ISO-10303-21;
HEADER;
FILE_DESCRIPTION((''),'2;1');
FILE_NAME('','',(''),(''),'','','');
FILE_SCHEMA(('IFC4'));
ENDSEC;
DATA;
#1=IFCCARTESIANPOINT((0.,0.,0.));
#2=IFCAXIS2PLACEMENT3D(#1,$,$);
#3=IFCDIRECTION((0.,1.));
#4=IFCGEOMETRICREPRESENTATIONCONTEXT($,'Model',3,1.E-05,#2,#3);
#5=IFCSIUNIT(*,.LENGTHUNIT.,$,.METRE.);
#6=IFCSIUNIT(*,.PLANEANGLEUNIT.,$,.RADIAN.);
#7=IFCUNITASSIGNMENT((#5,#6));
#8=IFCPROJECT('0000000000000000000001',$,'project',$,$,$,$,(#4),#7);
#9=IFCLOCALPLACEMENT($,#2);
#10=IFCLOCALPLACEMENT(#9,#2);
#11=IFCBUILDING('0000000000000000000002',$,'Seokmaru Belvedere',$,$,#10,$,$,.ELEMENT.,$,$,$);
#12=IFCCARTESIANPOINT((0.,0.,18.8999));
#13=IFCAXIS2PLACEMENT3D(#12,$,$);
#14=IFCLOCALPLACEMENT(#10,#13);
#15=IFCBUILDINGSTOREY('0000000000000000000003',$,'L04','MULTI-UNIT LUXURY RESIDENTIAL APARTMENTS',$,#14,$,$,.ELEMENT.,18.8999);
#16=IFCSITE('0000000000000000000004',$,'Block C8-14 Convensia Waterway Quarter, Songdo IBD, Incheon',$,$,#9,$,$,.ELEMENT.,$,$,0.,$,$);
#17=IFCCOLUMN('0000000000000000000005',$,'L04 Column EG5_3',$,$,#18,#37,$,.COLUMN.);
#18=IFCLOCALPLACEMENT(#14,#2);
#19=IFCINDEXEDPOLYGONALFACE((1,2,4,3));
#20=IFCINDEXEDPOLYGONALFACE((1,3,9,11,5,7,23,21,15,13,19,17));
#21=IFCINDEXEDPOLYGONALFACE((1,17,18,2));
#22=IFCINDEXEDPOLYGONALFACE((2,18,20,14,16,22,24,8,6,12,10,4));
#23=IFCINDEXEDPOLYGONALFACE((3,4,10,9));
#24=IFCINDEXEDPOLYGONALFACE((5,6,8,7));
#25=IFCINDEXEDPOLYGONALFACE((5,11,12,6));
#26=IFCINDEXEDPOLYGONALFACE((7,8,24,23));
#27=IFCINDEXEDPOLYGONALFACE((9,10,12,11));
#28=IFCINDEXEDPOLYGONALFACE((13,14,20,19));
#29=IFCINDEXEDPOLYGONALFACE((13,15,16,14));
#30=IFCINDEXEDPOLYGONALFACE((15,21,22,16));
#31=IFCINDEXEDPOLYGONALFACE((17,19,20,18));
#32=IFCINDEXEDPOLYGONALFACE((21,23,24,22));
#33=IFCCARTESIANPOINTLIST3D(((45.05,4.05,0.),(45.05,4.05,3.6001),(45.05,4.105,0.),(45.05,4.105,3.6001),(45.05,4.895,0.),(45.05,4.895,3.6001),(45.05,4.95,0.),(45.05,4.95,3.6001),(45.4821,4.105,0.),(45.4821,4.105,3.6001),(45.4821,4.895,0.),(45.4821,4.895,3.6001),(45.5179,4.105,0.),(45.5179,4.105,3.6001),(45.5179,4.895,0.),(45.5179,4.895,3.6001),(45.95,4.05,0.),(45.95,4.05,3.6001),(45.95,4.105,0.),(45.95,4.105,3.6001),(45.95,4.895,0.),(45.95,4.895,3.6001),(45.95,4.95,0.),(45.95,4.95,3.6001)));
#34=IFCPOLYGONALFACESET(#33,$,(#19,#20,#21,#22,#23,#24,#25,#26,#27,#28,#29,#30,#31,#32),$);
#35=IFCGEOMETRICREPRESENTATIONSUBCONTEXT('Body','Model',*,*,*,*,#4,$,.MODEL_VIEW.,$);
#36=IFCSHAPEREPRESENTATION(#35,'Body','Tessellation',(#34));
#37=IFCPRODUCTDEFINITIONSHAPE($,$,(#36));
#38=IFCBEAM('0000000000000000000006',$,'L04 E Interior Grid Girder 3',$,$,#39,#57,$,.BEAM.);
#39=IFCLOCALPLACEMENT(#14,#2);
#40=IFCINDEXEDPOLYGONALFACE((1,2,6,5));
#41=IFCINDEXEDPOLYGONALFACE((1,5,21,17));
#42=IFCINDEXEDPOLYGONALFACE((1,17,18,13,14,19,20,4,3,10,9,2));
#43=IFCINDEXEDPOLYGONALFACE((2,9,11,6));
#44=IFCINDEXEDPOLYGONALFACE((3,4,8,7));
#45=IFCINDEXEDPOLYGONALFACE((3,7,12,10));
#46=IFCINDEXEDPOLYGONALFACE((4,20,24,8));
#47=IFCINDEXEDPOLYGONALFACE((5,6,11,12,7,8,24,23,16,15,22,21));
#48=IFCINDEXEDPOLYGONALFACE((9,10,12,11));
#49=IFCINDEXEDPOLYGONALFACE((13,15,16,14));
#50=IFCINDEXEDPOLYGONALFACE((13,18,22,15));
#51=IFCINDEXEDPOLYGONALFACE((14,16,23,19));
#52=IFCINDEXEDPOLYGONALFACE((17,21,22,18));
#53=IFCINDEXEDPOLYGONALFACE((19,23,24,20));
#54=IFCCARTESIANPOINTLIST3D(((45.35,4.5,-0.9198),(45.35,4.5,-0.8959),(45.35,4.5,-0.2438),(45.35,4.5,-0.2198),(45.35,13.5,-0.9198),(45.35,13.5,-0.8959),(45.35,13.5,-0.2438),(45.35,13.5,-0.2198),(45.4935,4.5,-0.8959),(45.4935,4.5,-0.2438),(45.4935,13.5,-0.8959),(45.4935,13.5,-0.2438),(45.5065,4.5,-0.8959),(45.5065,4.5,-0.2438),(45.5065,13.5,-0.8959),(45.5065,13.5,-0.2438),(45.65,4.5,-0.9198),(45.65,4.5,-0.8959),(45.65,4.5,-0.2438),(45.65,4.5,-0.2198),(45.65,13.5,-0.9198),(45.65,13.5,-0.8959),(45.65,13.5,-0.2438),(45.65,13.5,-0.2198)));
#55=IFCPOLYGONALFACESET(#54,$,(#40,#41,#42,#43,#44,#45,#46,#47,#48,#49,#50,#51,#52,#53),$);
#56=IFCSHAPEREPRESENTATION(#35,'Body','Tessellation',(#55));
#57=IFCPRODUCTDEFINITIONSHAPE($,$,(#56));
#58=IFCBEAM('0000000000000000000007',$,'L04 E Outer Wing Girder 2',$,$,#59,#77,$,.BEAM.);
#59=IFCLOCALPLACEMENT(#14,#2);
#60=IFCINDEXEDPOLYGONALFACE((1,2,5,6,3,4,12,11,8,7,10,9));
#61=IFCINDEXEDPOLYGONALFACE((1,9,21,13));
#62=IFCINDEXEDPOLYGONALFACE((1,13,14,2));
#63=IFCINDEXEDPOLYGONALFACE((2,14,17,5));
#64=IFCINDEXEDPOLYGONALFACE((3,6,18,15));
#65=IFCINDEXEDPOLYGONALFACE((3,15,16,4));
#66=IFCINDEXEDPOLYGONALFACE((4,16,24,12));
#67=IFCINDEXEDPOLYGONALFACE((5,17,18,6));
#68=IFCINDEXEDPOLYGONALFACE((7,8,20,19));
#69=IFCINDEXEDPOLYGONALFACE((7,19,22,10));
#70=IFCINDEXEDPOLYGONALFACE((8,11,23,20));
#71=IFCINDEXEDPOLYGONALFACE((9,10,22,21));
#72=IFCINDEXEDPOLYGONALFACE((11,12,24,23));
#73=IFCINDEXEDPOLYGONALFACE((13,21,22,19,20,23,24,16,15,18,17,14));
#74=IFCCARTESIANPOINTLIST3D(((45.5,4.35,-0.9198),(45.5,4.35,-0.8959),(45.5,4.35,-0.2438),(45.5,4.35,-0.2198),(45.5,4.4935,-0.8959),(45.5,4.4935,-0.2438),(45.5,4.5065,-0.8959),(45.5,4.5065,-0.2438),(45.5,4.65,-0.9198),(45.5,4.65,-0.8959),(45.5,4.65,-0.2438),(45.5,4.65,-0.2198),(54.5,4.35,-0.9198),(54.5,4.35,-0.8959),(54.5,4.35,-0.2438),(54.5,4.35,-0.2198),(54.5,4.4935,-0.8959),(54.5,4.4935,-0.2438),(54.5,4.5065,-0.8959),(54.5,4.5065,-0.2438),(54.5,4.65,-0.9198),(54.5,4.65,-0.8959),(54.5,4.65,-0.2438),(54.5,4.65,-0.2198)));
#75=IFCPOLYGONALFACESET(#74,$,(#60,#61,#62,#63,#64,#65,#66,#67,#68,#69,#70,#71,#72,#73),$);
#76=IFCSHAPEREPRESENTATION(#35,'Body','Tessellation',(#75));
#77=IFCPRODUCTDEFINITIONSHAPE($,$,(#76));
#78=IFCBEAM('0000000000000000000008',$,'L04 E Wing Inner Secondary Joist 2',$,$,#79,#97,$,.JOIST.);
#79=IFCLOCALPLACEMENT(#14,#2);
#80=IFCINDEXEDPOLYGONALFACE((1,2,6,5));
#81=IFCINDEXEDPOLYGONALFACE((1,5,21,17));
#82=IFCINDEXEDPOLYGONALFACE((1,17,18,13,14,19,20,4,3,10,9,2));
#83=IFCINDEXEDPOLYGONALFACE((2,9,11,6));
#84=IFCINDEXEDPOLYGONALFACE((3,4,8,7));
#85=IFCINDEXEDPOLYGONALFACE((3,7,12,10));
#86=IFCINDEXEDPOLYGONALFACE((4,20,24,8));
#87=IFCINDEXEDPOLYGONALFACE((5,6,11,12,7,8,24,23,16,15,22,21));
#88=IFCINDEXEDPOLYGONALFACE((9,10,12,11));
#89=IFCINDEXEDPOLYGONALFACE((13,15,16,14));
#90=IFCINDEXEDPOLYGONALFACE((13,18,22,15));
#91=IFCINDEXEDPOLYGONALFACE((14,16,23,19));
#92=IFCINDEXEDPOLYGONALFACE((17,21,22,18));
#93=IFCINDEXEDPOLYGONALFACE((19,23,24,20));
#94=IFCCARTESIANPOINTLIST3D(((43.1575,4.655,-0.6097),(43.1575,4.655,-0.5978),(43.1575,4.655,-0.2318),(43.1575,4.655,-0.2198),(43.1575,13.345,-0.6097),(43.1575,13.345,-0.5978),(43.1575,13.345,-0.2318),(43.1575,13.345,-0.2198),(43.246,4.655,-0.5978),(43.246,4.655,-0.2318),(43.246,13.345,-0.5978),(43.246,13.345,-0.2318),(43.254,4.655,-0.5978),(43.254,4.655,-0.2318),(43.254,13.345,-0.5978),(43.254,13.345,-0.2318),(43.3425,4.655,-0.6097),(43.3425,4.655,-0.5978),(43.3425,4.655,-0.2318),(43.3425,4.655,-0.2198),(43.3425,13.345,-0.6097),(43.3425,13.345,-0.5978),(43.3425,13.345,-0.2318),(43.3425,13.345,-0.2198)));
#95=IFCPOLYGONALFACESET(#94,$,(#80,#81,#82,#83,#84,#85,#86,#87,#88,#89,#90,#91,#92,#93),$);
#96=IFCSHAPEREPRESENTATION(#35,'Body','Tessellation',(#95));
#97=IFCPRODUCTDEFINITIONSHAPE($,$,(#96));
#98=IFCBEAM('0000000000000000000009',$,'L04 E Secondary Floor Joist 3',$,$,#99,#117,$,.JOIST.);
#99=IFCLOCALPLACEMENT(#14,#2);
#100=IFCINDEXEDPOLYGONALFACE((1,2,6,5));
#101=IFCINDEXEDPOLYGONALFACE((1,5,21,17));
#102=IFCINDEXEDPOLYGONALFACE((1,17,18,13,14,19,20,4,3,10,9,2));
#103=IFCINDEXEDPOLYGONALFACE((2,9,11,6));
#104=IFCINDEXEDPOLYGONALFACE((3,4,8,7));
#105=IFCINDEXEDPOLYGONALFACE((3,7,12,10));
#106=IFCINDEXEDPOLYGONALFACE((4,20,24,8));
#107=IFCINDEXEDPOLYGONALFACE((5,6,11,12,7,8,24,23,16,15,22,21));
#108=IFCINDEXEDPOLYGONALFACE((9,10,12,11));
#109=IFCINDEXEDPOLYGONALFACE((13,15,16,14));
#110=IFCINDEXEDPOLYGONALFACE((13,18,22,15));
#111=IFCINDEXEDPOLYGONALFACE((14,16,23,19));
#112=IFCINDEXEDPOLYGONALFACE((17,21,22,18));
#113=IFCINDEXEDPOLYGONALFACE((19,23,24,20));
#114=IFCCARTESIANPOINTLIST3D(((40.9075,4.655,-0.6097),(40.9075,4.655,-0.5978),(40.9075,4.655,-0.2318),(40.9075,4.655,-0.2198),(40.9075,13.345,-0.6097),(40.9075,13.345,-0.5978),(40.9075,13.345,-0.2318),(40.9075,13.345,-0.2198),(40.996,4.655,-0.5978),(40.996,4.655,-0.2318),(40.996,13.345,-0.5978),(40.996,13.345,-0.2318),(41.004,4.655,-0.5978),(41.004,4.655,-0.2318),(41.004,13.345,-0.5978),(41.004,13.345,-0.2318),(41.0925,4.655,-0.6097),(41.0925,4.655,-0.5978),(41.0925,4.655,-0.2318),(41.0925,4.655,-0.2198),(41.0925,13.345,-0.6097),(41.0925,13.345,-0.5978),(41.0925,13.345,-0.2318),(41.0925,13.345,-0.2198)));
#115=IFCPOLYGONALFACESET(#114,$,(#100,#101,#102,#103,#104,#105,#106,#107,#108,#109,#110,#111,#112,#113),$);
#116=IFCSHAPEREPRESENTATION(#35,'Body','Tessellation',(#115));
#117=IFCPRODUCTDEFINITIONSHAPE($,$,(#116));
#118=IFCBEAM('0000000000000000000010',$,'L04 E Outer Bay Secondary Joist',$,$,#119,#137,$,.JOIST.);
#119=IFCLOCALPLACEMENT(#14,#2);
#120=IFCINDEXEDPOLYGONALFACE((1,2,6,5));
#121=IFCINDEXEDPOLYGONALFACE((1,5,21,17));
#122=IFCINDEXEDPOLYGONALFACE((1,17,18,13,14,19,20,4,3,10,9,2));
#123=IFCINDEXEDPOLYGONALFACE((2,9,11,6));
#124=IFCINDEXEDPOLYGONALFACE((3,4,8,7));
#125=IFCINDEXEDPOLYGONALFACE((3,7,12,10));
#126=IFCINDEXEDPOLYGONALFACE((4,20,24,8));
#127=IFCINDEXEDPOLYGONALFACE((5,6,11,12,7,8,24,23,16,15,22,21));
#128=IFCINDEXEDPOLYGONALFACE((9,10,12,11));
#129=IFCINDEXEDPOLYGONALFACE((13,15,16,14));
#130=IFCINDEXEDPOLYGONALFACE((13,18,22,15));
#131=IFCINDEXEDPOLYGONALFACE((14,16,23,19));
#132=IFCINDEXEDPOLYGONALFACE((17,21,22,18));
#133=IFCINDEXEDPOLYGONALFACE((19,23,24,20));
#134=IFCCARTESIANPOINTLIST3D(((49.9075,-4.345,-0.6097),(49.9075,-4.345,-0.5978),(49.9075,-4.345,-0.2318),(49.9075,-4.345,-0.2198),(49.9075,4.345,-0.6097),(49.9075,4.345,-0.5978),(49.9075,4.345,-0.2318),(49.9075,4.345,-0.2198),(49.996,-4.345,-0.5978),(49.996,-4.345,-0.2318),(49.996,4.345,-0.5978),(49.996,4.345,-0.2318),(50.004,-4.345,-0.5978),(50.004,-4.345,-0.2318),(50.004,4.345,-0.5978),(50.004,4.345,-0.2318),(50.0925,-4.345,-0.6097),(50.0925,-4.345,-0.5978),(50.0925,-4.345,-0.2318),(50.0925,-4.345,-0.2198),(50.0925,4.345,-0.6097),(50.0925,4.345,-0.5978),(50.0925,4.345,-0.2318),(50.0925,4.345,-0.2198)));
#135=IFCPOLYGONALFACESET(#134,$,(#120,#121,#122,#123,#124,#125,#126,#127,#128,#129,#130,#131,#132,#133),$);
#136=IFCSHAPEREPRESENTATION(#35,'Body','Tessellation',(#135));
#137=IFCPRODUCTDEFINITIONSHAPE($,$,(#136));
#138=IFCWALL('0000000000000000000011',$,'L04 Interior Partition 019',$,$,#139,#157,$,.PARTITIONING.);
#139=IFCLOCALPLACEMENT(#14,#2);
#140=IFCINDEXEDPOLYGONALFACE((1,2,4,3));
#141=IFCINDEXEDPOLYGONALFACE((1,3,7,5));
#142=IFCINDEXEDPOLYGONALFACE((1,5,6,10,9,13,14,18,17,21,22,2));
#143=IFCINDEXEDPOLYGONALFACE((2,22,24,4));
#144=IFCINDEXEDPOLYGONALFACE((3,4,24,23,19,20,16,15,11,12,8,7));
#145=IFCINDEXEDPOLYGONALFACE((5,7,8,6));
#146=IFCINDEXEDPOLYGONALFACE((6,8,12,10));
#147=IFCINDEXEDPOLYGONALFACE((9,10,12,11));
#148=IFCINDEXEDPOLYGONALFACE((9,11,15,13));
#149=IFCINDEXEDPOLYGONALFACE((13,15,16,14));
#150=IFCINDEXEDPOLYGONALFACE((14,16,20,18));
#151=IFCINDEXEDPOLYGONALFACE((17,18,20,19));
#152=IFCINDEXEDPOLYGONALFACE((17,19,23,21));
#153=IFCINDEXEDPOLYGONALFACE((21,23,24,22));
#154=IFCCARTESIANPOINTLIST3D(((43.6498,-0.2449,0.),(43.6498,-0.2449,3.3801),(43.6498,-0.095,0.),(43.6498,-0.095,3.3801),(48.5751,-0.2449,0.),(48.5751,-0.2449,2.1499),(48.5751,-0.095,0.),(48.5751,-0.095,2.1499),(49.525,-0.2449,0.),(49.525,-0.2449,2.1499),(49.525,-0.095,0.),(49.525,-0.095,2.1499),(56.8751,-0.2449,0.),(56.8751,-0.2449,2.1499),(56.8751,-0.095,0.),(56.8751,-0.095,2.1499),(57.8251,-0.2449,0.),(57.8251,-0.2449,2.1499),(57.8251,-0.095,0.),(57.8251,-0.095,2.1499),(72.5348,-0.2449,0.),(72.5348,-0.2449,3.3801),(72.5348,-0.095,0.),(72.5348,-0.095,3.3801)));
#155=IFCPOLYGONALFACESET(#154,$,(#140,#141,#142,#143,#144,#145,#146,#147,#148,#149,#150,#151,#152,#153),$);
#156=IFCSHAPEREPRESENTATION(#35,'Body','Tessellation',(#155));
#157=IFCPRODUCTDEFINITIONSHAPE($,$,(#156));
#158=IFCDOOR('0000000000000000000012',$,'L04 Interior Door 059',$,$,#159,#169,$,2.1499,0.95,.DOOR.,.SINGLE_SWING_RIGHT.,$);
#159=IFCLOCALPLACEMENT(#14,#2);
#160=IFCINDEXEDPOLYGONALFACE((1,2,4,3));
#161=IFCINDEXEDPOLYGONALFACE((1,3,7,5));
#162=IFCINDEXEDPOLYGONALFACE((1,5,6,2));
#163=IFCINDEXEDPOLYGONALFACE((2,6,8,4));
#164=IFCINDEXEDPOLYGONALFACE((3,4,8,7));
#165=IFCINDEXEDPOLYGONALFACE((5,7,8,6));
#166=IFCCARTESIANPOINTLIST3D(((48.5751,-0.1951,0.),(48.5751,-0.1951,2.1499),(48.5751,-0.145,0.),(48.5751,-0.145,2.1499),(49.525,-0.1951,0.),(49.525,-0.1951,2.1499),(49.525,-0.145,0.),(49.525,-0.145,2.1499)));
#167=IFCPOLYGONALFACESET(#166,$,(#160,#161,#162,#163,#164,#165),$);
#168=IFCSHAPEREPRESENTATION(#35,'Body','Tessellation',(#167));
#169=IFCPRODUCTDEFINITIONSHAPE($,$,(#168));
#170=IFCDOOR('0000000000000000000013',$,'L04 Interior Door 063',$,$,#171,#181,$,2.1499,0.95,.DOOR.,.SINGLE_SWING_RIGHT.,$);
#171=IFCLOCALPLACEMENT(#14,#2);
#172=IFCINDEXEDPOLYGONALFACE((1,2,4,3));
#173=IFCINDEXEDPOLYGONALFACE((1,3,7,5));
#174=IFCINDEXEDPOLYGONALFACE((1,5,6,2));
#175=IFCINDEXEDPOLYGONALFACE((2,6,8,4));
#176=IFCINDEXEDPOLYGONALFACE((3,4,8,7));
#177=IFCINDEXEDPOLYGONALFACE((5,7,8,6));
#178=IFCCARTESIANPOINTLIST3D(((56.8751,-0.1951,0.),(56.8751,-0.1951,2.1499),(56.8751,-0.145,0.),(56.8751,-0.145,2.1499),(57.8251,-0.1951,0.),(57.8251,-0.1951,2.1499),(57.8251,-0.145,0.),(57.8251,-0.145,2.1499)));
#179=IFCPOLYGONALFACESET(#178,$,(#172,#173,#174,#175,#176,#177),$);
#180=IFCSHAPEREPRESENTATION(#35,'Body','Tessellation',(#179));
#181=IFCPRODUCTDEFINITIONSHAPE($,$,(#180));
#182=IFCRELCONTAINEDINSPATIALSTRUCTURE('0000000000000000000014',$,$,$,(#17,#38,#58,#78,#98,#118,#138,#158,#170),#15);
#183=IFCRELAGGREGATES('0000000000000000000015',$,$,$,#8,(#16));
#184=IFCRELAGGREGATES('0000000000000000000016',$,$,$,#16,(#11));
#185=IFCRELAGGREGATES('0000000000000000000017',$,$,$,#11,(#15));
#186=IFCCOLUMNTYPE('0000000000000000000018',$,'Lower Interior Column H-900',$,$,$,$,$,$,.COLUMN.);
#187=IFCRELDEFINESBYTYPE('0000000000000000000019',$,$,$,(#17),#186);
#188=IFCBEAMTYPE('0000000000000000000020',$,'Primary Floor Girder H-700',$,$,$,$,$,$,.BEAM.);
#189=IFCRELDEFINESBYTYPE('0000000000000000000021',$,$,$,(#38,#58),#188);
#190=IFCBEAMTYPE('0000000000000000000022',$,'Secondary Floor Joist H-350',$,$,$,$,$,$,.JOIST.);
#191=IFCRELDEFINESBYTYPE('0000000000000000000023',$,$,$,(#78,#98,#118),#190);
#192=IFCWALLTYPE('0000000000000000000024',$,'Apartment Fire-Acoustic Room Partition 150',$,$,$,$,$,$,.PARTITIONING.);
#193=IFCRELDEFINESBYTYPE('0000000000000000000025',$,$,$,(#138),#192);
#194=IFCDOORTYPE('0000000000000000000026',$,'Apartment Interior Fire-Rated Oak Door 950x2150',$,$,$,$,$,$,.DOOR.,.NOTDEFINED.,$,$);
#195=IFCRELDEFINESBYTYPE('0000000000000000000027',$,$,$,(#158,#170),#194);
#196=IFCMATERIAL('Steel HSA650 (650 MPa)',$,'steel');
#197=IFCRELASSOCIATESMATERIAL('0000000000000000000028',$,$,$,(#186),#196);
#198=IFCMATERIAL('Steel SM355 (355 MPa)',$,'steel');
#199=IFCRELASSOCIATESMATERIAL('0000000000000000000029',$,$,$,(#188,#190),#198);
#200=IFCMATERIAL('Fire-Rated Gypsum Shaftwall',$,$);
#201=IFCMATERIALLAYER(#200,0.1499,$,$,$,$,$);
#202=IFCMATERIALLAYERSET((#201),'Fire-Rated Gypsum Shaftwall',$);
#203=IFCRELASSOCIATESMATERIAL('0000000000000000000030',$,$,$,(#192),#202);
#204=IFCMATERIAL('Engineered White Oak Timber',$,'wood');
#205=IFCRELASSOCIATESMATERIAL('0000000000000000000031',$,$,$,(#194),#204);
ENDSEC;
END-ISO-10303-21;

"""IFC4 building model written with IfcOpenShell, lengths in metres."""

from ifc_helpers import new_model, si_unit, direction, frame, frame_2d, origin, origin_2d, place, context, subcontext, project, spatial, rectangle, i_section, extrude, source, transform, mapped, material, layer, layer_set, material_profile, profile_set, type_object, type_shapes, element, fill, save


model = new_model("IFC4")

# Units and contexts
model_context = context("Model", 3, precision=1e-05, world=origin(), true_north=direction((0.0, 1.0)))
body_context = subcontext(model_context, "Body", "Model", "MODEL_VIEW")
ifc_project = project(units=[si_unit("LENGTHUNIT", "METRE"), si_unit("PLANEANGLEUNIT", "RADIAN")], contexts=[model_context])

# Site, building, storey
site_placement = place(None, origin())
site = spatial("IfcSite", under=ifc_project, at=site_placement, Name="Block C8-14 Convensia Waterway Quarter, Songdo IBD, Incheon", CompositionType="ELEMENT", RefElevation=0.0)
building_placement = place(site_placement, origin())
building = spatial("IfcBuilding", under=site, at=building_placement, Name="Seokmaru Belvedere", CompositionType="ELEMENT")
storey_placement = place(building_placement, frame((0.0, 0.0, 18.8999)))
storey = spatial("IfcBuildingStorey", under=building, at=storey_placement, Name="L04", Description="MULTI-UNIT LUXURY RESIDENTIAL APARTMENTS", CompositionType="ELEMENT", Elevation=18.8999)

# Column
ifc_material_1 = material(Name="Steel HSA650 (650 MPa)", Category="steel")
ifc_material_profile_1 = material_profile(ifc_material_1, i_section(OverallWidth=0.8999, OverallDepth=0.8999, WebThickness=0.0359, FlangeThickness=0.0549, at=origin_2d()), Name="H-900x900x36x55")
ifc_profile_set_1 = profile_set([ifc_material_profile_1], Name="Steel HSA650 (650 MPa)")
column_type = type_object("IfcColumnType", Name="Lower Interior Column H-900", PredefinedType="COLUMN", material=ifc_profile_set_1)
shared_shape_1 = source(origin(), body_context, "Body", "SweptSolid", [
    extrude(i_section(OverallWidth=0.8999, OverallDepth=0.8999, WebThickness=0.0359, FlangeThickness=0.0549, at=origin_2d()), origin(), (0.0, 0.0, 1.0), 3.6001),
])
type_shapes(column_type, [shared_shape_1])
column_placement = place(storey_placement, frame((45.5, 4.5, 0.0), z_axis=(0.0, 0.0, 1.0), x_axis=(1.0, 0.0, 0.0)))
element("IfcColumn", 1, at=column_placement, inside=storey, type_object=column_type, Name="L04 Column EG5_3", PredefinedType="COLUMN", context=body_context, shape_type="MappedRepresentation", body=[
    mapped(shared_shape_1, transform((0.0, 0.0, 0.0), scale=1.0)),
])

# Beams
ifc_material_2 = material(Name="Steel SM355 (355 MPa)", Category="steel")
ifc_material_profile_2 = material_profile(ifc_material_2, i_section(OverallWidth=0.3, OverallDepth=0.7, WebThickness=0.0129, FlangeThickness=0.0239, at=origin_2d()), Name="H-700x300x13x24")
ifc_profile_set_2 = profile_set([ifc_material_profile_2], Name="Steel SM355 (355 MPa)")
beam_type_1 = type_object("IfcBeamType", Name="Primary Floor Girder H-700", PredefinedType="BEAM", material=ifc_profile_set_2)
shared_shape_2 = source(origin(), body_context, "Body", "SweptSolid", [
    extrude(i_section(OverallWidth=0.3, OverallDepth=0.7, WebThickness=0.0129, FlangeThickness=0.0239, at=origin_2d()), origin(), (0.0, 0.0, 1.0), 9.0),
])
type_shapes(beam_type_1, [shared_shape_2])
for number, where, z_axis, x_axis, name in (
    (2, (45.5, 4.5, -0.5698), (0.0, 1.0, 0.0), (-1.0, 0.0, 0.0), "L04 E Interior Grid Girder 3"),
    (3, (45.5, 4.5, -0.5698), (1.0, 0.0, 0.0), (0.0, 1.0, 0.0), "L04 E Outer Wing Girder 2"),
):
    element("IfcBeam", number, at=place(storey_placement, frame(where, z_axis=z_axis, x_axis=x_axis)), inside=storey, type_object=beam_type_1, Name=name, PredefinedType="BEAM", context=body_context, shape_type="MappedRepresentation", body=[
        mapped(shared_shape_2, transform((0.0, 0.0, 0.0), scale=1.0)),
    ])
ifc_material_profile_3 = material_profile(ifc_material_2, i_section(OverallWidth=0.1851, OverallDepth=0.3899, WebThickness=0.0081, FlangeThickness=0.012, at=origin_2d()), Name="H-390x185x8x12")
ifc_profile_set_3 = profile_set([ifc_material_profile_3], Name="Steel SM355 (355 MPa)")
beam_type_2 = type_object("IfcBeamType", Name="Secondary Floor Joist H-350", PredefinedType="JOIST", material=ifc_profile_set_3)
shared_shape_3 = source(origin(), body_context, "Body", "SweptSolid", [
    extrude(i_section(OverallWidth=0.1851, OverallDepth=0.3899, WebThickness=0.0081, FlangeThickness=0.012, at=origin_2d()), origin(), (0.0, 0.0, 1.0), 8.6899),
])
type_shapes(beam_type_2, [shared_shape_3])
for number, where, z_axis, x_axis, name in (
    (4, (43.25, 4.655, -0.4148), (0.0, 1.0, 0.0), (-1.0, 0.0, 0.0), "L04 E Wing Inner Secondary Joist 2"),
    (5, (41.0, 4.655, -0.4148), (0.0, 1.0, 0.0), (-1.0, 0.0, 0.0), "L04 E Secondary Floor Joist 3"),
    (6, (50.0, -4.345, -0.4148), (0.0, 1.0, 0.0), (-1.0, 0.0, 0.0), "L04 E Outer Bay Secondary Joist"),
):
    element("IfcBeam", number, at=place(storey_placement, frame(where, z_axis=z_axis, x_axis=x_axis)), inside=storey, type_object=beam_type_2, Name=name, PredefinedType="JOIST", context=body_context, shape_type="MappedRepresentation", body=[
        mapped(shared_shape_3, transform((0.0, 0.0, 0.0), scale=1.0)),
    ])

# Wall, openings, doors
ifc_material_3 = material(Name="Fire-Rated Gypsum Shaftwall")
ifc_layer_1 = layer(ifc_material_3, 0.1499)
ifc_layer_set_1 = layer_set([ifc_layer_1], Name="Fire-Rated Gypsum Shaftwall")
wall_type_1 = type_object("IfcWallType", Name="Apartment Fire-Acoustic Room Partition 150", PredefinedType="PARTITIONING", material=ifc_layer_set_1)
wall_1_placement = place(storey_placement, frame((43.6499, -0.1699, 0.0), z_axis=(0.0, 0.0, 1.0), x_axis=(1.0, 0.0, 0.0)))
wall_1 = element("IfcWall", 7, at=wall_1_placement, inside=storey, type_object=wall_type_1, Name="L04 Interior Partition 019", PredefinedType="PARTITIONING", context=body_context, shape_type="SweptSolid", body=[
    extrude(rectangle(XDim=28.885, YDim=0.1499, at=frame_2d((14.4424, 0.0))), origin(), (0.0, 0.0, 1.0), 3.3801),
])
opening_1_placement = place(wall_1_placement, frame((4.925, 0.0, 0.0)))
opening_1 = element("IfcOpeningElement", 8, at=opening_1_placement, cuts=wall_1, PredefinedType="OPENING", context=body_context, shape_type="SweptSolid", body=[
    extrude(rectangle(XDim=0.95, YDim=2.1499, at=frame_2d((0.4751, 1.075))), frame((0.0, 0.085, 0.0), z_axis=(0.0, -1.0, 0.0), x_axis=(1.0, 0.0, 0.0)), (0.0, 0.0, 1.0), 0.1699),
])
opening_2_placement = place(wall_1_placement, frame((13.2251, 0.0, 0.0)))
opening_2 = element("IfcOpeningElement", 9, at=opening_2_placement, cuts=wall_1, PredefinedType="OPENING", context=body_context, shape_type="SweptSolid", body=[
    extrude(rectangle(XDim=0.95, YDim=2.1499, at=frame_2d((0.4751, 1.075))), frame((0.0, 0.085, 0.0), z_axis=(0.0, -1.0, 0.0), x_axis=(1.0, 0.0, 0.0)), (0.0, 0.0, 1.0), 0.1699),
])
ifc_material_4 = material(Name="Engineered White Oak Timber", Category="wood")
door_type_1 = type_object("IfcDoorType", Name="Apartment Interior Fire-Rated Oak Door 950x2150", OperationType="NOTDEFINED", PredefinedType="DOOR", material=ifc_material_4)
shared_shape_4 = source(origin(), body_context, "Body", "SweptSolid", [
    extrude(rectangle(XDim=0.95, YDim=2.1499, at=frame_2d((0.4751, 1.075))), frame((0.0, 0.0249, 0.0), z_axis=(0.0, -1.0, 0.0), x_axis=(1.0, 0.0, 0.0)), (0.0, 0.0, 1.0), 0.05),
])
type_shapes(door_type_1, [shared_shape_4])
door_1_placement = place(opening_1_placement, origin())
door_1 = element("IfcDoor", 10, at=door_1_placement, inside=storey, type_object=door_type_1, Name="L04 Interior Door 059", OperationType="SINGLE_SWING_RIGHT", OverallHeight=2.1499, OverallWidth=0.95, PredefinedType="DOOR", context=body_context, shape_type="MappedRepresentation", body=[
    mapped(shared_shape_4, transform((0.0, 0.0, 0.0), scale=1.0)),
])
fill(opening_1, door_1)
door_2_placement = place(opening_2_placement, origin())
door_2 = element("IfcDoor", 11, at=door_2_placement, inside=storey, type_object=door_type_1, Name="L04 Interior Door 063", OperationType="SINGLE_SWING_RIGHT", OverallHeight=2.1499, OverallWidth=0.95, PredefinedType="DOOR", context=body_context, shape_type="MappedRepresentation", body=[
    mapped(shared_shape_4, transform((0.0, 0.0, 0.0), scale=1.0)),
])
fill(opening_2, door_2)

save(model, "model.ifc")
